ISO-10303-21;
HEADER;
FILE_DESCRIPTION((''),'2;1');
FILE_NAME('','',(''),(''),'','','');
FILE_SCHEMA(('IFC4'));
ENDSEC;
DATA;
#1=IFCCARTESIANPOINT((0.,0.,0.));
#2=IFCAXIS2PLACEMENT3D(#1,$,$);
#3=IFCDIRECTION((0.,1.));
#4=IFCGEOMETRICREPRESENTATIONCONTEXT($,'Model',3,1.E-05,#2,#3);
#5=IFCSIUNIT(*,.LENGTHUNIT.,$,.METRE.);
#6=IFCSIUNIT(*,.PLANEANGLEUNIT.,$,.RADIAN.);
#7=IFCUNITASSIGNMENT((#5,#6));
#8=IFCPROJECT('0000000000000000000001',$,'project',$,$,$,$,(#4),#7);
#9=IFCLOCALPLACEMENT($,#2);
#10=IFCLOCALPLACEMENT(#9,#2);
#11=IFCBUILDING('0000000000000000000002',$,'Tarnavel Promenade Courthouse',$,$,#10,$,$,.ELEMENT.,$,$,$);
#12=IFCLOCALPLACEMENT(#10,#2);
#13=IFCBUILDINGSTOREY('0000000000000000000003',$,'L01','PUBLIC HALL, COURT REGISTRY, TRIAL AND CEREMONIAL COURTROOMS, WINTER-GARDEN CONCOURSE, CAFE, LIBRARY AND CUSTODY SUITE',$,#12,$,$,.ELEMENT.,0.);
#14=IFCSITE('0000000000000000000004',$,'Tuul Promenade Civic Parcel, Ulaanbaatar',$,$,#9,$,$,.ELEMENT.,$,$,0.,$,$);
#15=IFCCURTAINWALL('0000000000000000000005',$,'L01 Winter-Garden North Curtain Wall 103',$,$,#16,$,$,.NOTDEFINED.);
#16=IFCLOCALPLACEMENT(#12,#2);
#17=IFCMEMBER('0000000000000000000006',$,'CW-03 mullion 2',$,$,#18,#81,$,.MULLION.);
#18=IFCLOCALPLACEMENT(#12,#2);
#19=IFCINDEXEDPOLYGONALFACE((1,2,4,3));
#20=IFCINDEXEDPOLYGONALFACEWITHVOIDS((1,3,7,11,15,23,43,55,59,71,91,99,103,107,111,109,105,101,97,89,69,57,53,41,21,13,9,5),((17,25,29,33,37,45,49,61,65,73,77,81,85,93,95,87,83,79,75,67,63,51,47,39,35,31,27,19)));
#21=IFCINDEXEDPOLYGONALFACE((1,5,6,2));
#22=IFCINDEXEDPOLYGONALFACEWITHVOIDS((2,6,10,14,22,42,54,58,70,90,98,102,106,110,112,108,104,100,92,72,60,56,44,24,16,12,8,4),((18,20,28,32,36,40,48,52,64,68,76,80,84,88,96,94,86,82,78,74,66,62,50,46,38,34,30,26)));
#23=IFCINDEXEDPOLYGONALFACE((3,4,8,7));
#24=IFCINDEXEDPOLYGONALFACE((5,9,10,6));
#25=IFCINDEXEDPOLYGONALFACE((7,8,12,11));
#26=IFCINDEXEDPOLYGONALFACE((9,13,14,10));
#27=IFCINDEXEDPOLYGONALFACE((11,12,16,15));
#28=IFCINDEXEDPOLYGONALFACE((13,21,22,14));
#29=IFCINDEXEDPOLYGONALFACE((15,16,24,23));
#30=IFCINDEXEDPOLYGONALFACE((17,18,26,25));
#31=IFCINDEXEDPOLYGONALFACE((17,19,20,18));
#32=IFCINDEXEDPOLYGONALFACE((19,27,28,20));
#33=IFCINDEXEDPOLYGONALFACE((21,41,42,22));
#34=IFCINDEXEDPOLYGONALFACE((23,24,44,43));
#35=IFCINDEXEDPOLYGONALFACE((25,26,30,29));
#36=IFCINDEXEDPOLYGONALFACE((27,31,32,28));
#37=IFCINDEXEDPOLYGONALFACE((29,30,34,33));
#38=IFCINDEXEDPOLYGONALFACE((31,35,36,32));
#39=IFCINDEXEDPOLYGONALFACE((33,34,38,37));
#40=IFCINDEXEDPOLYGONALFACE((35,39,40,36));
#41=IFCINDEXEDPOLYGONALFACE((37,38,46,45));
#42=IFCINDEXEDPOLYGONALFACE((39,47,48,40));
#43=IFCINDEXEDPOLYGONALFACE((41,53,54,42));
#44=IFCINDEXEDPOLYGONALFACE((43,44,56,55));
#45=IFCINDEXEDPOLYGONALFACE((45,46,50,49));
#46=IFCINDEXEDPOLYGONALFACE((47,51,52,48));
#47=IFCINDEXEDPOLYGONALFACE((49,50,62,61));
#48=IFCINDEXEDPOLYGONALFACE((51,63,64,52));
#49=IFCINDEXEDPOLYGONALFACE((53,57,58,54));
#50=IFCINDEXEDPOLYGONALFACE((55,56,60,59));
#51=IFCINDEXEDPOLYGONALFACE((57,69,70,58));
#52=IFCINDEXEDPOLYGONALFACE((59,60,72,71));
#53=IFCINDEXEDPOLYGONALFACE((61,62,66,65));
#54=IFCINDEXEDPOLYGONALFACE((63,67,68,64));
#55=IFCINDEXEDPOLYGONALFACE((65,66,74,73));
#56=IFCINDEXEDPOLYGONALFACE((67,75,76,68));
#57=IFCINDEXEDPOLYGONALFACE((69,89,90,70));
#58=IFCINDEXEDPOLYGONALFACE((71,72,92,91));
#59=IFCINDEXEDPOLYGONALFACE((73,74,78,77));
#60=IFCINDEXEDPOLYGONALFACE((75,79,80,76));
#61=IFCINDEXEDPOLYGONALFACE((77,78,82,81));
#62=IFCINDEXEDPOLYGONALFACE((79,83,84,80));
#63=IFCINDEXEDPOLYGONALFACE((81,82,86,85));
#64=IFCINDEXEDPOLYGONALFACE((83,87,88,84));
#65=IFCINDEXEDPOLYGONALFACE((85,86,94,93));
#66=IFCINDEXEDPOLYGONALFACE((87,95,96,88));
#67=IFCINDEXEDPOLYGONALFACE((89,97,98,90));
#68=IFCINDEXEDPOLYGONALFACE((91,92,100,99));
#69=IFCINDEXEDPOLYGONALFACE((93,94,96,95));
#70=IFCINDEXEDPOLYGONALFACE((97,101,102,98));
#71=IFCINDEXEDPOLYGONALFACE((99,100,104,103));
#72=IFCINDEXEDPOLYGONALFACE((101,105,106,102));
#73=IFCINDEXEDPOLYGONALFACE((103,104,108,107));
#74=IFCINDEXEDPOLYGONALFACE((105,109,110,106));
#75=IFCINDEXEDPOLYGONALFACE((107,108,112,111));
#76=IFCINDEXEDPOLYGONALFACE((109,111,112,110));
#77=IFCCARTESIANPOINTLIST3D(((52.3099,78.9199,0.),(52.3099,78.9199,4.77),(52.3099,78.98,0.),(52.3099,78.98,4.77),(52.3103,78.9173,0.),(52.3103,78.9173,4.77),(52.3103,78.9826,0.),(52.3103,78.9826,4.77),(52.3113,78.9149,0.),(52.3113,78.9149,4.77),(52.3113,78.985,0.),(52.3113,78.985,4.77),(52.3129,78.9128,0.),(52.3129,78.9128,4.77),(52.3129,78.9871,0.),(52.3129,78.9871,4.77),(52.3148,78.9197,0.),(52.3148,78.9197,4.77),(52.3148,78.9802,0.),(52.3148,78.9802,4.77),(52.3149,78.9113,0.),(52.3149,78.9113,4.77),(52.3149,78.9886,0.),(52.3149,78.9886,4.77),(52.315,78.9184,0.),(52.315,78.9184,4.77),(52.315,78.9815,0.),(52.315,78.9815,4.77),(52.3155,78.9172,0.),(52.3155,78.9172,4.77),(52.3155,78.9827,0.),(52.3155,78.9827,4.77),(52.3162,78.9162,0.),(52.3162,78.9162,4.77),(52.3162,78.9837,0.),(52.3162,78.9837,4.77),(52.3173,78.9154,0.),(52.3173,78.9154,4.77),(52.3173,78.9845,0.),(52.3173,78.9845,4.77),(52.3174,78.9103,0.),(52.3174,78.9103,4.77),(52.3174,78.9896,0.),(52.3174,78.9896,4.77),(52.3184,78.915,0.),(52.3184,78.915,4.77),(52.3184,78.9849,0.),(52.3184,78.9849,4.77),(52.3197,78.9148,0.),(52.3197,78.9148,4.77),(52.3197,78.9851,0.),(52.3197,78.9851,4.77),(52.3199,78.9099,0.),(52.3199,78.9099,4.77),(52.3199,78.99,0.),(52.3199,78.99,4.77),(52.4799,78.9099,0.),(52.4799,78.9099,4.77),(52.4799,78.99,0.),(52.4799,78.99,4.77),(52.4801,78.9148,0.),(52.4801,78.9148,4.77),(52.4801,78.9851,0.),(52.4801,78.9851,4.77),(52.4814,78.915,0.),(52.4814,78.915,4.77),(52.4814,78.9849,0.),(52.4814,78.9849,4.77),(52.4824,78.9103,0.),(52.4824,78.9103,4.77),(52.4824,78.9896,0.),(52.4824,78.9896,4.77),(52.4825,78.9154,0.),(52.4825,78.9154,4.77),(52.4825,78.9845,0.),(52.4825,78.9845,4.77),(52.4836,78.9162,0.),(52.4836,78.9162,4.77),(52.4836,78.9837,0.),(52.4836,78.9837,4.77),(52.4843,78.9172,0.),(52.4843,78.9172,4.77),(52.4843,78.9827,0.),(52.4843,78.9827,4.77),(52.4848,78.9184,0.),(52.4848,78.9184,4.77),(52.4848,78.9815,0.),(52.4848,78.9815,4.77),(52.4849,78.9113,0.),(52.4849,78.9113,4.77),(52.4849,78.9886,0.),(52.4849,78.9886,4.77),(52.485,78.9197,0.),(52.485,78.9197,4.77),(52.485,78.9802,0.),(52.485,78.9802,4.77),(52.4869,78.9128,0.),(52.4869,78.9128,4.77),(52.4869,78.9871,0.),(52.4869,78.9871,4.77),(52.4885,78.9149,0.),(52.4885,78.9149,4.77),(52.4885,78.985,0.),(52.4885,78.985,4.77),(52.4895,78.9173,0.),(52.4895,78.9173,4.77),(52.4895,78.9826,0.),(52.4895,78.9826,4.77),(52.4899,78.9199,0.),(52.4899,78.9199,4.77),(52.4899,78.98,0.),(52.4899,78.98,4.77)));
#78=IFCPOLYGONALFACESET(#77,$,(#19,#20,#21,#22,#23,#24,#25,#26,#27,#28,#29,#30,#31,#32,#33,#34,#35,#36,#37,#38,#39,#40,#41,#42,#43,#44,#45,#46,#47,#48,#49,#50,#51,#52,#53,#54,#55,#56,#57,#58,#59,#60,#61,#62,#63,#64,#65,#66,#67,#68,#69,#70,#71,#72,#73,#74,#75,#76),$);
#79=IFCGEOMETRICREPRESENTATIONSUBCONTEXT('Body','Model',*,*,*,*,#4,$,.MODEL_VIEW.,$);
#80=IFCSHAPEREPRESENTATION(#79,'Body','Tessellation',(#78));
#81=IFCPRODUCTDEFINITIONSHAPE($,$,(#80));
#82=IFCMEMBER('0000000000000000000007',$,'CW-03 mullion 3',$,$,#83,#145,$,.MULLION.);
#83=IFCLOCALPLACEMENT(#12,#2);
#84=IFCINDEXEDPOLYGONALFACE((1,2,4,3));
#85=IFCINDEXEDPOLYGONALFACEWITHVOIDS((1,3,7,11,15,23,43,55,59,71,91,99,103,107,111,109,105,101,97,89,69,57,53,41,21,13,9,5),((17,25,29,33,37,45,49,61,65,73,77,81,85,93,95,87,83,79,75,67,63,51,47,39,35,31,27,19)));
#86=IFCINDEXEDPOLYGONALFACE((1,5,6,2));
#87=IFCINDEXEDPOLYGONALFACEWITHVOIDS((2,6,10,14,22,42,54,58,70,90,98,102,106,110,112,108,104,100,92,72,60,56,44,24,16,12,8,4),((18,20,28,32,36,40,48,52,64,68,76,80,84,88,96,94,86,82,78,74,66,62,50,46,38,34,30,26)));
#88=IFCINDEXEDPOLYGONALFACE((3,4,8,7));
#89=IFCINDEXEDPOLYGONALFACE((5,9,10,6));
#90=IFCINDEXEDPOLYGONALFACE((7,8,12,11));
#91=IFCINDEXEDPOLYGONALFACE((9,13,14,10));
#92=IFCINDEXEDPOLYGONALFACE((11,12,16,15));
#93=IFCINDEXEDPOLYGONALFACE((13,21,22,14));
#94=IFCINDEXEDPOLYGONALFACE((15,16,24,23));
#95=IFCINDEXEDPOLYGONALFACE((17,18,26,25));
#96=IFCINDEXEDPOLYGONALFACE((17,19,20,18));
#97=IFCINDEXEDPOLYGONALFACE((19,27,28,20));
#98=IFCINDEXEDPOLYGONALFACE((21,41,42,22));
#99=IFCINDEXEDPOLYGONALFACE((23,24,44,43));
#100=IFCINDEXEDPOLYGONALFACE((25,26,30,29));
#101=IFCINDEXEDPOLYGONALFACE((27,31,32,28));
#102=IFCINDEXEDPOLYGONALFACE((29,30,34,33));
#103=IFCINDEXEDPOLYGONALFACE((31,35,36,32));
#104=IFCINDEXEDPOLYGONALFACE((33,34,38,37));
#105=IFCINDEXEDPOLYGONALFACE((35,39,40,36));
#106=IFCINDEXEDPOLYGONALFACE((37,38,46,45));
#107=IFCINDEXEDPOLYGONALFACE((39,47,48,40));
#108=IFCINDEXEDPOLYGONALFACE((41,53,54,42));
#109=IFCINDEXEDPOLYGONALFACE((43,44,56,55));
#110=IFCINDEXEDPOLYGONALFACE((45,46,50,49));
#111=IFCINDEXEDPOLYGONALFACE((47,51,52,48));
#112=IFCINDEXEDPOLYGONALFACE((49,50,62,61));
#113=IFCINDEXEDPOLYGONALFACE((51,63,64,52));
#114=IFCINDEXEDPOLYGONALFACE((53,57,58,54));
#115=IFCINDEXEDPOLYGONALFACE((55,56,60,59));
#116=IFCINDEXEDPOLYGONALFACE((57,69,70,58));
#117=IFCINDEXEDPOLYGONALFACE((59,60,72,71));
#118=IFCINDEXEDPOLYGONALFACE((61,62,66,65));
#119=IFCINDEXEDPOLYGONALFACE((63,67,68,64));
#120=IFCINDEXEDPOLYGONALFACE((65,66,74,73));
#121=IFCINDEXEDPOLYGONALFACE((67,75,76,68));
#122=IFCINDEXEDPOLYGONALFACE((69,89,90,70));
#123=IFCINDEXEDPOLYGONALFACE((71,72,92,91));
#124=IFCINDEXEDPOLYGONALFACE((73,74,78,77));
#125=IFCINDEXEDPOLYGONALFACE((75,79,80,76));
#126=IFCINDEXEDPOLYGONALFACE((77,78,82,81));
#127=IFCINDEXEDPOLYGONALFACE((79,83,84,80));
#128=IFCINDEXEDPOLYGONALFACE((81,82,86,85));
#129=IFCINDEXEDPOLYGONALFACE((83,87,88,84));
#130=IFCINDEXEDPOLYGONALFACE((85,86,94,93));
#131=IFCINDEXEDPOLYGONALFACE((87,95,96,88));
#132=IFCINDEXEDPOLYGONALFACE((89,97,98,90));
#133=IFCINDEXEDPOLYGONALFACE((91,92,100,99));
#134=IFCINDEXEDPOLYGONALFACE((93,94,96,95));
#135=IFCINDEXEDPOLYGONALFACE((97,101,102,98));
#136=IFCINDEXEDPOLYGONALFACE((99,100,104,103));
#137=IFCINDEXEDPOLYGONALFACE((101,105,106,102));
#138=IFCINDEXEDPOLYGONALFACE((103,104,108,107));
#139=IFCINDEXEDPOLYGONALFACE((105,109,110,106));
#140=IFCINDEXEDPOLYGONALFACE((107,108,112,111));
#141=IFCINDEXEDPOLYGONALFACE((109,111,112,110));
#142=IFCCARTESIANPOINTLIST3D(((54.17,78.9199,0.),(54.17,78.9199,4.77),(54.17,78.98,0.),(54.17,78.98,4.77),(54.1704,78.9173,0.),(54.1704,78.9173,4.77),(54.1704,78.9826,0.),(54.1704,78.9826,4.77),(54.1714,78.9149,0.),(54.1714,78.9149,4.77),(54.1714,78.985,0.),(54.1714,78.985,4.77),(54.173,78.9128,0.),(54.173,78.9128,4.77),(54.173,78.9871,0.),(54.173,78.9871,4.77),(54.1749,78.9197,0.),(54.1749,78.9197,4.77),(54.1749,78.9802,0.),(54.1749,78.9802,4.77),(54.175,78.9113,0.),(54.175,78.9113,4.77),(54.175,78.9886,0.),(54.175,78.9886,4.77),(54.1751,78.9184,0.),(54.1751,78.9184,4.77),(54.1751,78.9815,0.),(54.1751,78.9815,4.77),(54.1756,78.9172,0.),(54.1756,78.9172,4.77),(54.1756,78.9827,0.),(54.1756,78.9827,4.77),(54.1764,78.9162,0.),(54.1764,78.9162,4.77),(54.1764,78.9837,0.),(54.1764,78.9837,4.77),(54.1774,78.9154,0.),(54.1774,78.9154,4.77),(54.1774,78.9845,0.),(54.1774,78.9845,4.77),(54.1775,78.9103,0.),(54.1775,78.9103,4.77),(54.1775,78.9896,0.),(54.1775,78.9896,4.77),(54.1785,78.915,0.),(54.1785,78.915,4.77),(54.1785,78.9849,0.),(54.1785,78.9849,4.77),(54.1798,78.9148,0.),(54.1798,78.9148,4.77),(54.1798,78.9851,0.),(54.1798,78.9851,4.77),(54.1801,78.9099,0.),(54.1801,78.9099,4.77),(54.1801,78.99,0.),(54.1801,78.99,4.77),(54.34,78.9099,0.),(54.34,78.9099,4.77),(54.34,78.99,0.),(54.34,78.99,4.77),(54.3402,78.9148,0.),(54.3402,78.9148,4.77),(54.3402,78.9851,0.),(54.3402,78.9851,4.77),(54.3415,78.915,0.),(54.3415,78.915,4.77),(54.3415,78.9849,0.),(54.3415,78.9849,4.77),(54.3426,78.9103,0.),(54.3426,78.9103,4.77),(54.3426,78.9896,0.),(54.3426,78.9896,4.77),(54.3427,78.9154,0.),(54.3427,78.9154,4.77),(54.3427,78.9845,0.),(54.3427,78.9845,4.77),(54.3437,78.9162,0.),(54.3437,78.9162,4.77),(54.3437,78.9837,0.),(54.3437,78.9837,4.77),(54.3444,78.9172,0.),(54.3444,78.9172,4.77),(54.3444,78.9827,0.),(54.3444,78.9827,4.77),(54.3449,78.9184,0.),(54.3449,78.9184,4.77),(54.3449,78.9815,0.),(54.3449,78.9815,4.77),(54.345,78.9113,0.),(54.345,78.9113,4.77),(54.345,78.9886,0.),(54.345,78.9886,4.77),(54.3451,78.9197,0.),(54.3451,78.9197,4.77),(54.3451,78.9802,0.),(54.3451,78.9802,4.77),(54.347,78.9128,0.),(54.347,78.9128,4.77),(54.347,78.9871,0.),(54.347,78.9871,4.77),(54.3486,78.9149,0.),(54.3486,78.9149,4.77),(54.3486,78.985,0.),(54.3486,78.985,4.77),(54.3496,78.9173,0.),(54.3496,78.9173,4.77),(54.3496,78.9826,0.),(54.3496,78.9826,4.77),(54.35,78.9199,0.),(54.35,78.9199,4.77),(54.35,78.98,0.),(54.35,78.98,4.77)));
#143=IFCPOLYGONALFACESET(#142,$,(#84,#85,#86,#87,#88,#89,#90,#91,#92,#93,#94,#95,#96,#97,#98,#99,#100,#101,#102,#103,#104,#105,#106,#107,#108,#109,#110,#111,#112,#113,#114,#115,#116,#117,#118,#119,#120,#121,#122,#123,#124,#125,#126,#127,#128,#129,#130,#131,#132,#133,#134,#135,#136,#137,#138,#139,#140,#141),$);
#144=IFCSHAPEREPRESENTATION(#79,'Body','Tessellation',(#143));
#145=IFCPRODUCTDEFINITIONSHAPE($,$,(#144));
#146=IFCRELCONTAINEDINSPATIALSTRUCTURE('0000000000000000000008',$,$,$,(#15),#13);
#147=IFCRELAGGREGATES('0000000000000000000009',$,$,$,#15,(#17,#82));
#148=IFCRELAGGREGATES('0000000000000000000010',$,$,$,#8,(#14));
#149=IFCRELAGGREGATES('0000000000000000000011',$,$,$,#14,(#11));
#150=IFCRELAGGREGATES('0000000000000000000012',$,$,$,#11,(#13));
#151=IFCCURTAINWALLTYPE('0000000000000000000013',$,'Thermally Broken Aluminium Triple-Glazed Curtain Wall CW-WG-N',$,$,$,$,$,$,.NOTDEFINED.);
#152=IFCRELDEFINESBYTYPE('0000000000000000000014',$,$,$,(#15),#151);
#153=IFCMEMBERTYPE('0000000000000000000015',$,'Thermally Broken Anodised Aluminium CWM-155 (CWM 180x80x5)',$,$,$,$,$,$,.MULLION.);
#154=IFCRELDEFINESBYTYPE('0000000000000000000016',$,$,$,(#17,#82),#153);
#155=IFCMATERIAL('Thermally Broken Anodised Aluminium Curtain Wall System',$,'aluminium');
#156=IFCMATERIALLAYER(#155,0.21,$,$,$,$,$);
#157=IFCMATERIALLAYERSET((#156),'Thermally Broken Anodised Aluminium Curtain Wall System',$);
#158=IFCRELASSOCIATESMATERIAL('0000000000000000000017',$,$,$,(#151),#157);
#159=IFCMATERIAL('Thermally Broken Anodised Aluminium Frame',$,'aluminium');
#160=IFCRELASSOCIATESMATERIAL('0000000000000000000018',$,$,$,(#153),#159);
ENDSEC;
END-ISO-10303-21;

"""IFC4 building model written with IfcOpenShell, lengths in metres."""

from ifc_helpers import new_model, si_unit, direction, frame, origin, origin_2d, place, context, subcontext, project, spatial, hollow_rectangle, extrude, material, layer, layer_set, material_profile, profile_set, type_object, element, aggregate, save


model = new_model("IFC4")

# Units and contexts
model_context = context("Model", 3, precision=1e-05, world=origin(), true_north=direction((0.0, 1.0)))
body_context = subcontext(model_context, "Body", "Model", "MODEL_VIEW")
ifc_project = project(units=[si_unit("LENGTHUNIT", "METRE"), si_unit("PLANEANGLEUNIT", "RADIAN")], contexts=[model_context])

# Site, building, storey
site_placement = place(None, origin())
site = spatial("IfcSite", under=ifc_project, at=site_placement, Name="Tuul Promenade Civic Parcel, Ulaanbaatar", CompositionType="ELEMENT", RefElevation=0.0)
building_placement = place(site_placement, origin())
building = spatial("IfcBuilding", under=site, at=building_placement, Name="Tarnavel Promenade Courthouse", CompositionType="ELEMENT")
storey_placement = place(building_placement, origin())
storey = spatial("IfcBuildingStorey", under=building, at=storey_placement, Name="L01", Description="PUBLIC HALL, COURT REGISTRY, TRIAL AND CEREMONIAL COURTROOMS, WINTER-GARDEN CONCOURSE, CAFE, LIBRARY AND CUSTODY SUITE", CompositionType="ELEMENT", Elevation=0.0)

# Shared definitions
ifc_material_1 = material(Name="Thermally Broken Anodised Aluminium Curtain Wall System", Category="aluminium")
ifc_layer_1 = layer(ifc_material_1, 0.21)
ifc_layer_set_1 = layer_set([ifc_layer_1], Name="Thermally Broken Anodised Aluminium Curtain Wall System")
curtain_wall_type = type_object("IfcCurtainWallType", Name="Thermally Broken Aluminium Triple-Glazed Curtain Wall CW-WG-N", PredefinedType="NOTDEFINED", material=ifc_layer_set_1)
ifc_material_2 = material(Name="Thermally Broken Anodised Aluminium Frame", Category="aluminium")
ifc_material_profile_1 = material_profile(ifc_material_2, hollow_rectangle(XDim=0.0801, YDim=0.1799, WallThickness=0.0049, InnerFilletRadius=0.0049, OuterFilletRadius=0.01, at=origin_2d()), Name="CWM 180x80x5")
ifc_profile_set_1 = profile_set([ifc_material_profile_1], Name="Thermally Broken Anodised Aluminium Frame")
member_type_1 = type_object("IfcMemberType", Name="Thermally Broken Anodised Aluminium CWM-155 (CWM 180x80x5)", PredefinedType="MULLION", material=ifc_profile_set_1)

# Curtain wall, members
curtain_wall_1_placement = place(storey_placement, origin())
curtain_wall_1 = element("IfcCurtainWall", 1, at=curtain_wall_1_placement, inside=storey, type_object=curtain_wall_type, Name="L01 Winter-Garden North Curtain Wall 103", PredefinedType="NOTDEFINED")
member_1_placement = place(storey_placement, frame((52.3999, 78.95, 0.0), z_axis=(0.0, 0.0, 1.0), x_axis=(0.0, 1.0, 0.0)))
member_1 = element("IfcMember", 2, at=member_1_placement, type_object=member_type_1, Name="CW-03 mullion 2", PredefinedType="MULLION", context=body_context, shape_type="SweptSolid", body=[
    extrude(hollow_rectangle(XDim=0.0801, YDim=0.1799, WallThickness=0.0049, InnerFilletRadius=0.0049, OuterFilletRadius=0.01, at=origin_2d()), origin(), (0.0, 0.0, 1.0), 4.77),
])
member_2_placement = place(storey_placement, frame((54.26, 78.95, 0.0), z_axis=(0.0, 0.0, 1.0), x_axis=(0.0, 1.0, 0.0)))
member_2 = element("IfcMember", 3, at=member_2_placement, type_object=member_type_1, Name="CW-03 mullion 3", PredefinedType="MULLION", context=body_context, shape_type="SweptSolid", body=[
    extrude(hollow_rectangle(XDim=0.0801, YDim=0.1799, WallThickness=0.0049, InnerFilletRadius=0.0049, OuterFilletRadius=0.01, at=origin_2d()), origin(), (0.0, 0.0, 1.0), 4.77),
])

aggregate(curtain_wall_1, [member_1, member_2])

save(model, "model.ifc")
